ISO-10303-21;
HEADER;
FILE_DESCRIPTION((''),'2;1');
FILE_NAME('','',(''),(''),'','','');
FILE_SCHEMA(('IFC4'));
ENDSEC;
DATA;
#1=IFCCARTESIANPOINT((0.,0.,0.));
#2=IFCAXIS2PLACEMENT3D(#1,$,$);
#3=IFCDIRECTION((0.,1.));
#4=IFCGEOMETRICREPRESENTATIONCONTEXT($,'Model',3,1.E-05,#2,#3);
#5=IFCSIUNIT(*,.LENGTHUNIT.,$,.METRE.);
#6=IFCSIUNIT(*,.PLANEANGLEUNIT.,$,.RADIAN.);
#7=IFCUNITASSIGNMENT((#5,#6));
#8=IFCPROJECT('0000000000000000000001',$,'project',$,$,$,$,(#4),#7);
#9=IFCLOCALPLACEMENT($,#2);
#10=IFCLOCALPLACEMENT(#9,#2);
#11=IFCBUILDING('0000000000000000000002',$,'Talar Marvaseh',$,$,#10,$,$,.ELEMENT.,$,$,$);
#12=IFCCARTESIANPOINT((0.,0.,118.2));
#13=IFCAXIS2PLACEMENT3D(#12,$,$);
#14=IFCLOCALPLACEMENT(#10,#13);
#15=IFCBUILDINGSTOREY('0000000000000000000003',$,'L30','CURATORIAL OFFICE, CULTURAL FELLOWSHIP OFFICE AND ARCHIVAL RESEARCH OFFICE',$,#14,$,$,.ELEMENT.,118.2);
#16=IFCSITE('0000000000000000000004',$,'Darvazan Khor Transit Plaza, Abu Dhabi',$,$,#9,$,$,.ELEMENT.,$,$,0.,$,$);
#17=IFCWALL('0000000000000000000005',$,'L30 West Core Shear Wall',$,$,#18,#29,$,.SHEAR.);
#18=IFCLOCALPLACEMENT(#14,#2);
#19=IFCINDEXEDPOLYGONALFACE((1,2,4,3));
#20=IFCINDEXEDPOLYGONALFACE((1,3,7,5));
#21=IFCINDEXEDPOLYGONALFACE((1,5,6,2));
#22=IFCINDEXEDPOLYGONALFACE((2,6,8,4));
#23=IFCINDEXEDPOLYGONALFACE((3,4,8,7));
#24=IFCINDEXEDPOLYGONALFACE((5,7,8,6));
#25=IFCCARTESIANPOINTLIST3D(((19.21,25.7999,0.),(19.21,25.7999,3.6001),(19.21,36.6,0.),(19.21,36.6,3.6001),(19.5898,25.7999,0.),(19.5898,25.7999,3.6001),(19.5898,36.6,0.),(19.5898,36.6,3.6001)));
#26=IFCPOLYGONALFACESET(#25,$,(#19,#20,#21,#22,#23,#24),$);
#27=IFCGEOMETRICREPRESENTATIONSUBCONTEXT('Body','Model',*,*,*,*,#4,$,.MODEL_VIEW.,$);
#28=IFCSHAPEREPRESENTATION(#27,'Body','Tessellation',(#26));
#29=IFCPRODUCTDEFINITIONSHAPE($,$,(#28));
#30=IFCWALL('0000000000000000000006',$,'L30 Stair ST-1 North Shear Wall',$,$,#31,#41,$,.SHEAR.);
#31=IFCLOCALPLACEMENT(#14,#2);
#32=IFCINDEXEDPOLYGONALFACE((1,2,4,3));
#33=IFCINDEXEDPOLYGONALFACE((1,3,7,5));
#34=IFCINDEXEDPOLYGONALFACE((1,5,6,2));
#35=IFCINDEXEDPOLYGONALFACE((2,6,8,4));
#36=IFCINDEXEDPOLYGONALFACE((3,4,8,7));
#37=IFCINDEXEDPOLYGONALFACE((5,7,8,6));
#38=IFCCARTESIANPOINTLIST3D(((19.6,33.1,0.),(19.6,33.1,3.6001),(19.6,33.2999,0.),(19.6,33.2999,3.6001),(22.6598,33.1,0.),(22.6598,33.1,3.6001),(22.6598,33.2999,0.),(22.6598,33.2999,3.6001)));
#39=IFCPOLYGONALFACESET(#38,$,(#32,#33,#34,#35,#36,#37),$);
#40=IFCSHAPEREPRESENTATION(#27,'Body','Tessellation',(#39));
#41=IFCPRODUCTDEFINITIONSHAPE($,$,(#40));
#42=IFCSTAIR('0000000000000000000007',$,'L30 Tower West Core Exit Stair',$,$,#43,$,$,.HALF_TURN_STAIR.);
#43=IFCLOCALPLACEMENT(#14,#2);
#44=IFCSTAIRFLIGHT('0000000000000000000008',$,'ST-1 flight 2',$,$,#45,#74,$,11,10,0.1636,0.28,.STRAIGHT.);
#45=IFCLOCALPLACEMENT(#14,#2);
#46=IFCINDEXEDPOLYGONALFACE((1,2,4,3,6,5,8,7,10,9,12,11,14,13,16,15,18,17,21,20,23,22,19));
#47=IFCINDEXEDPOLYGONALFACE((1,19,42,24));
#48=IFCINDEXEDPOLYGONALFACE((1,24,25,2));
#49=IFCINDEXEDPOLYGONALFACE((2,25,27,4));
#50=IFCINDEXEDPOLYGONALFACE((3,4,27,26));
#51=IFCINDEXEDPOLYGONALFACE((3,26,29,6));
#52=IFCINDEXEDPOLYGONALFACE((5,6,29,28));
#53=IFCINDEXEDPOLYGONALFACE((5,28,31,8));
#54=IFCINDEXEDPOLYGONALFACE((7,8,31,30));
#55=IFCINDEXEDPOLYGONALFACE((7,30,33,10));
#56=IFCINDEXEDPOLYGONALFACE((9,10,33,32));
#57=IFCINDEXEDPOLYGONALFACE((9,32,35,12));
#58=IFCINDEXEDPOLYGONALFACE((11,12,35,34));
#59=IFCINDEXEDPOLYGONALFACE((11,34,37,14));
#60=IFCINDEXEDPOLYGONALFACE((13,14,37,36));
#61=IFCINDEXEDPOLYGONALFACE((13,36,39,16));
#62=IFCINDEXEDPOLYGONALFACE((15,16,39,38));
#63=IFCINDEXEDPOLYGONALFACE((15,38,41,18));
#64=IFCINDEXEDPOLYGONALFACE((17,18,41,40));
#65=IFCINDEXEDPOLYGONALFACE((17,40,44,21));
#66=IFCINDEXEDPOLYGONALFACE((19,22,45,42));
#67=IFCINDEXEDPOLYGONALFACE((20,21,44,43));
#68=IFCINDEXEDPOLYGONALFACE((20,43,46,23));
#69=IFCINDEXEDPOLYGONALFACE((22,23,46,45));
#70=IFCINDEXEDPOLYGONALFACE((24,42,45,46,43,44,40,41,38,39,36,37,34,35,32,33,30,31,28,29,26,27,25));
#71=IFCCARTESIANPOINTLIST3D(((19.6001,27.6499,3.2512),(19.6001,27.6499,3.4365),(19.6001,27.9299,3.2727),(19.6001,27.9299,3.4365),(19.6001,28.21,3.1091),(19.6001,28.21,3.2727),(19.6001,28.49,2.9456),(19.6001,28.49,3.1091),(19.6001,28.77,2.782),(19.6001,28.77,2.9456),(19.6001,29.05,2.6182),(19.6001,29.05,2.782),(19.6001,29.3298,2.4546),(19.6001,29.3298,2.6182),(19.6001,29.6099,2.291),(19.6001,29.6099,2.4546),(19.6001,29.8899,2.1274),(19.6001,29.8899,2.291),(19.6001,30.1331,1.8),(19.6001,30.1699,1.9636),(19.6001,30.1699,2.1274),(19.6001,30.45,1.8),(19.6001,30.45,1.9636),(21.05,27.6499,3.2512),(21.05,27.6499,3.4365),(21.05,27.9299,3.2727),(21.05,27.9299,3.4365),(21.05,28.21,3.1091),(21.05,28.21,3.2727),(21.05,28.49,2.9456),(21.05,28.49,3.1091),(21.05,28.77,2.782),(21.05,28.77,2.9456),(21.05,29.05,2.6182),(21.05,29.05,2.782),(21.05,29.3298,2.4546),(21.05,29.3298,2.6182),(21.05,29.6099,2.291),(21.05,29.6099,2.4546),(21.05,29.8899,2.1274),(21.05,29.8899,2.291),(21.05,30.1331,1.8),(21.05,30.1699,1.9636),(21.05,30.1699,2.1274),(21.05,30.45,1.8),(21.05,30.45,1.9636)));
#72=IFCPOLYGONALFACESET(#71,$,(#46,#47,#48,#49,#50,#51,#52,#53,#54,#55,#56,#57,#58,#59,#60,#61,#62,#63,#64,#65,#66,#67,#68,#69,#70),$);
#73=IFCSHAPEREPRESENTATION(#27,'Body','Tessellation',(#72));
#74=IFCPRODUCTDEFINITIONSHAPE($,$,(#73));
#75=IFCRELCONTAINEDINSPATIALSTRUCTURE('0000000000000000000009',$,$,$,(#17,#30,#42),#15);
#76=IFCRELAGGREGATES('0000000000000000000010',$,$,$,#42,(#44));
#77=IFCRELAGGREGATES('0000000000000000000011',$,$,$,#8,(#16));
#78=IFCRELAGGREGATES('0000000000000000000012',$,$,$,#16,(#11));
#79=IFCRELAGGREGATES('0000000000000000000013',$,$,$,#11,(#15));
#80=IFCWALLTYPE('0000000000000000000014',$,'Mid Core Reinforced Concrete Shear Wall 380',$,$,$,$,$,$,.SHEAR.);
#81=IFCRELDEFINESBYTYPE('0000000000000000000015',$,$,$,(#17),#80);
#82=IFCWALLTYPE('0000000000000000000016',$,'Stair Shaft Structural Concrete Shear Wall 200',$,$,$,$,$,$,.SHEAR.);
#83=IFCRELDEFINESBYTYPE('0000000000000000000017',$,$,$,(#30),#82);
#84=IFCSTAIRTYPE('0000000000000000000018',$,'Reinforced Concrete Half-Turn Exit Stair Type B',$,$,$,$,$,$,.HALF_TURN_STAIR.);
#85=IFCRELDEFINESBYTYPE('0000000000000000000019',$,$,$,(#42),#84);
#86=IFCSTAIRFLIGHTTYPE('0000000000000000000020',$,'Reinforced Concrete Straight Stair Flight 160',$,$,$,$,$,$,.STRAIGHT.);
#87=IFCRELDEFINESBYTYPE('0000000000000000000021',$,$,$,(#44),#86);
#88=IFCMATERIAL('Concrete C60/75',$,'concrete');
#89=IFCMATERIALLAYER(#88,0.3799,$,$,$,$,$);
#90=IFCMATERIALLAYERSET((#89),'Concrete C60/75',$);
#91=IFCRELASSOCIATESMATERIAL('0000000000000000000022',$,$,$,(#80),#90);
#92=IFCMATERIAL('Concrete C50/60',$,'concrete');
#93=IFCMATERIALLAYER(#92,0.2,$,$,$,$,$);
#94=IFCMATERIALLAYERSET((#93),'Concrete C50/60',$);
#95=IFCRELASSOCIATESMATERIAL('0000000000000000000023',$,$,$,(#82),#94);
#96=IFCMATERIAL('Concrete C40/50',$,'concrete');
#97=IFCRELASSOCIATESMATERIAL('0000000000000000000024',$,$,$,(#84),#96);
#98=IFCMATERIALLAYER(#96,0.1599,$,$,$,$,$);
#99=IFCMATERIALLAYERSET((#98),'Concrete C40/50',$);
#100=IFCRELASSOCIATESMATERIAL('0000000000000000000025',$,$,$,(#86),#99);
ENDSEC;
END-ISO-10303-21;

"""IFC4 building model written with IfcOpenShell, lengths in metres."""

from ifc_helpers import new_model, si_unit, direction, frame, frame_2d, origin, place, context, subcontext, project, spatial, polyline, rectangle, outline, extrude, material, layer, layer_set, type_object, element, aggregate, save


model = new_model("IFC4")

# Units and contexts
model_context = context("Model", 3, precision=1e-05, world=origin(), true_north=direction((0.0, 1.0)))
body_context = subcontext(model_context, "Body", "Model", "MODEL_VIEW")
ifc_project = project(units=[si_unit("LENGTHUNIT", "METRE"), si_unit("PLANEANGLEUNIT", "RADIAN")], contexts=[model_context])

# Site, building, storey
site_placement = place(None, origin())
site = spatial("IfcSite", under=ifc_project, at=site_placement, Name="Darvazan Khor Transit Plaza, Abu Dhabi", CompositionType="ELEMENT", RefElevation=0.0)
building_placement = place(site_placement, origin())
building = spatial("IfcBuilding", under=site, at=building_placement, Name="Talar Marvaseh", CompositionType="ELEMENT")
storey_placement = place(building_placement, frame((0.0, 0.0, 118.2)))
storey = spatial("IfcBuildingStorey", under=building, at=storey_placement, Name="L30", Description="CURATORIAL OFFICE, CULTURAL FELLOWSHIP OFFICE AND ARCHIVAL RESEARCH OFFICE", CompositionType="ELEMENT", Elevation=118.2)

# Shared definitions
ifc_material_1 = material(Name="Concrete C60/75", Category="concrete")

# Walls
ifc_layer_1 = layer(ifc_material_1, 0.3799)
ifc_layer_set_1 = layer_set([ifc_layer_1], Name="Concrete C60/75")
wall_type_1 = type_object("IfcWallType", Name="Mid Core Reinforced Concrete Shear Wall 380", PredefinedType="SHEAR", material=ifc_layer_set_1)
wall_1_placement = place(storey_placement, frame((19.3999, 25.8, 0.0), z_axis=(0.0, 0.0, 1.0), x_axis=(0.0, 1.0, 0.0)))
element("IfcWall", 1, at=wall_1_placement, inside=storey, type_object=wall_type_1, Name="L30 West Core Shear Wall", PredefinedType="SHEAR", context=body_context, shape_type="SweptSolid", body=[
    extrude(rectangle(XDim=10.8, YDim=0.3799, at=frame_2d((5.3999, 0.0))), origin(), (0.0, 0.0, 1.0), 3.6001),
])
ifc_material_2 = material(Name="Concrete C50/60", Category="concrete")
ifc_layer_2 = layer(ifc_material_2, 0.2)
ifc_layer_set_2 = layer_set([ifc_layer_2], Name="Concrete C50/60")
wall_type_2 = type_object("IfcWallType", Name="Stair Shaft Structural Concrete Shear Wall 200", PredefinedType="SHEAR", material=ifc_layer_set_2)
wall_2_placement = place(storey_placement, frame((19.6001, 33.2, 0.0), z_axis=(0.0, 0.0, 1.0), x_axis=(1.0, 0.0, 0.0)))
element("IfcWall", 2, at=wall_2_placement, inside=storey, type_object=wall_type_2, Name="L30 Stair ST-1 North Shear Wall", PredefinedType="SHEAR", context=body_context, shape_type="SweptSolid", body=[
    extrude(rectangle(XDim=3.0598, YDim=0.2, at=frame_2d((1.5298, 0.0))), origin(), (0.0, 0.0, 1.0), 3.6001),
])

# Stair, stair flight
ifc_material_3 = material(Name="Concrete C40/50", Category="concrete")
stair_type = type_object("IfcStairType", Name="Reinforced Concrete Half-Turn Exit Stair Type B", PredefinedType="HALF_TURN_STAIR", material=ifc_material_3)
stair_placement = place(storey_placement, origin())
stair = element("IfcStair", 3, at=stair_placement, inside=storey, type_object=stair_type, Name="L30 Tower West Core Exit Stair", PredefinedType="HALF_TURN_STAIR")
ifc_layer_3 = layer(ifc_material_3, 0.1599)
ifc_layer_set_3 = layer_set([ifc_layer_3], Name="Concrete C40/50")
stair_flight_type = type_object("IfcStairFlightType", Name="Reinforced Concrete Straight Stair Flight 160", PredefinedType="STRAIGHT", material=ifc_layer_set_3)
stair_flight_placement = place(storey_placement, frame((20.325, 30.45, 1.8), z_axis=(0.0, 0.0, 1.0), x_axis=(0.0, -1.0, 0.0)))
stair_flight = element("IfcStairFlight", 4, at=stair_flight_placement, type_object=stair_flight_type, Name="ST-1 flight 2", NumberOfRisers=11, NumberOfTreads=10, PredefinedType="STRAIGHT", RiserHeight=0.1636, TreadLength=0.28, context=body_context, shape_type="SweptSolid", body=[
    extrude(outline(polyline([(0.0, 0.0), (0.0, 0.1636), (0.28, 0.1636), (0.28, 0.3274), (0.5601, 0.3274), (0.5601, 0.491), (0.8401, 0.491), (0.8401, 0.6545), (1.1201, 0.6545), (1.1201, 0.8181), (1.3999, 0.8181), (1.3999, 0.9819), (1.6799, 0.9819), (1.6799, 1.1455), (1.96, 1.1455), (1.96, 1.3091), (2.24, 1.3091), (2.24, 1.4727), (2.52, 1.4727), (2.52, 1.6365), (2.8, 1.6365), (2.8, 1.8), (2.8, 1.4512), (0.3169, 0.0), (0.0, 0.0)])), frame((0.0, 0.7251, 0.0), z_axis=(0.0, -1.0, 0.0), x_axis=(1.0, 0.0, 0.0)), (0.0, 0.0, 1.0), 1.45),
])
aggregate(stair, [stair_flight])

save(model, "model.ifc")
